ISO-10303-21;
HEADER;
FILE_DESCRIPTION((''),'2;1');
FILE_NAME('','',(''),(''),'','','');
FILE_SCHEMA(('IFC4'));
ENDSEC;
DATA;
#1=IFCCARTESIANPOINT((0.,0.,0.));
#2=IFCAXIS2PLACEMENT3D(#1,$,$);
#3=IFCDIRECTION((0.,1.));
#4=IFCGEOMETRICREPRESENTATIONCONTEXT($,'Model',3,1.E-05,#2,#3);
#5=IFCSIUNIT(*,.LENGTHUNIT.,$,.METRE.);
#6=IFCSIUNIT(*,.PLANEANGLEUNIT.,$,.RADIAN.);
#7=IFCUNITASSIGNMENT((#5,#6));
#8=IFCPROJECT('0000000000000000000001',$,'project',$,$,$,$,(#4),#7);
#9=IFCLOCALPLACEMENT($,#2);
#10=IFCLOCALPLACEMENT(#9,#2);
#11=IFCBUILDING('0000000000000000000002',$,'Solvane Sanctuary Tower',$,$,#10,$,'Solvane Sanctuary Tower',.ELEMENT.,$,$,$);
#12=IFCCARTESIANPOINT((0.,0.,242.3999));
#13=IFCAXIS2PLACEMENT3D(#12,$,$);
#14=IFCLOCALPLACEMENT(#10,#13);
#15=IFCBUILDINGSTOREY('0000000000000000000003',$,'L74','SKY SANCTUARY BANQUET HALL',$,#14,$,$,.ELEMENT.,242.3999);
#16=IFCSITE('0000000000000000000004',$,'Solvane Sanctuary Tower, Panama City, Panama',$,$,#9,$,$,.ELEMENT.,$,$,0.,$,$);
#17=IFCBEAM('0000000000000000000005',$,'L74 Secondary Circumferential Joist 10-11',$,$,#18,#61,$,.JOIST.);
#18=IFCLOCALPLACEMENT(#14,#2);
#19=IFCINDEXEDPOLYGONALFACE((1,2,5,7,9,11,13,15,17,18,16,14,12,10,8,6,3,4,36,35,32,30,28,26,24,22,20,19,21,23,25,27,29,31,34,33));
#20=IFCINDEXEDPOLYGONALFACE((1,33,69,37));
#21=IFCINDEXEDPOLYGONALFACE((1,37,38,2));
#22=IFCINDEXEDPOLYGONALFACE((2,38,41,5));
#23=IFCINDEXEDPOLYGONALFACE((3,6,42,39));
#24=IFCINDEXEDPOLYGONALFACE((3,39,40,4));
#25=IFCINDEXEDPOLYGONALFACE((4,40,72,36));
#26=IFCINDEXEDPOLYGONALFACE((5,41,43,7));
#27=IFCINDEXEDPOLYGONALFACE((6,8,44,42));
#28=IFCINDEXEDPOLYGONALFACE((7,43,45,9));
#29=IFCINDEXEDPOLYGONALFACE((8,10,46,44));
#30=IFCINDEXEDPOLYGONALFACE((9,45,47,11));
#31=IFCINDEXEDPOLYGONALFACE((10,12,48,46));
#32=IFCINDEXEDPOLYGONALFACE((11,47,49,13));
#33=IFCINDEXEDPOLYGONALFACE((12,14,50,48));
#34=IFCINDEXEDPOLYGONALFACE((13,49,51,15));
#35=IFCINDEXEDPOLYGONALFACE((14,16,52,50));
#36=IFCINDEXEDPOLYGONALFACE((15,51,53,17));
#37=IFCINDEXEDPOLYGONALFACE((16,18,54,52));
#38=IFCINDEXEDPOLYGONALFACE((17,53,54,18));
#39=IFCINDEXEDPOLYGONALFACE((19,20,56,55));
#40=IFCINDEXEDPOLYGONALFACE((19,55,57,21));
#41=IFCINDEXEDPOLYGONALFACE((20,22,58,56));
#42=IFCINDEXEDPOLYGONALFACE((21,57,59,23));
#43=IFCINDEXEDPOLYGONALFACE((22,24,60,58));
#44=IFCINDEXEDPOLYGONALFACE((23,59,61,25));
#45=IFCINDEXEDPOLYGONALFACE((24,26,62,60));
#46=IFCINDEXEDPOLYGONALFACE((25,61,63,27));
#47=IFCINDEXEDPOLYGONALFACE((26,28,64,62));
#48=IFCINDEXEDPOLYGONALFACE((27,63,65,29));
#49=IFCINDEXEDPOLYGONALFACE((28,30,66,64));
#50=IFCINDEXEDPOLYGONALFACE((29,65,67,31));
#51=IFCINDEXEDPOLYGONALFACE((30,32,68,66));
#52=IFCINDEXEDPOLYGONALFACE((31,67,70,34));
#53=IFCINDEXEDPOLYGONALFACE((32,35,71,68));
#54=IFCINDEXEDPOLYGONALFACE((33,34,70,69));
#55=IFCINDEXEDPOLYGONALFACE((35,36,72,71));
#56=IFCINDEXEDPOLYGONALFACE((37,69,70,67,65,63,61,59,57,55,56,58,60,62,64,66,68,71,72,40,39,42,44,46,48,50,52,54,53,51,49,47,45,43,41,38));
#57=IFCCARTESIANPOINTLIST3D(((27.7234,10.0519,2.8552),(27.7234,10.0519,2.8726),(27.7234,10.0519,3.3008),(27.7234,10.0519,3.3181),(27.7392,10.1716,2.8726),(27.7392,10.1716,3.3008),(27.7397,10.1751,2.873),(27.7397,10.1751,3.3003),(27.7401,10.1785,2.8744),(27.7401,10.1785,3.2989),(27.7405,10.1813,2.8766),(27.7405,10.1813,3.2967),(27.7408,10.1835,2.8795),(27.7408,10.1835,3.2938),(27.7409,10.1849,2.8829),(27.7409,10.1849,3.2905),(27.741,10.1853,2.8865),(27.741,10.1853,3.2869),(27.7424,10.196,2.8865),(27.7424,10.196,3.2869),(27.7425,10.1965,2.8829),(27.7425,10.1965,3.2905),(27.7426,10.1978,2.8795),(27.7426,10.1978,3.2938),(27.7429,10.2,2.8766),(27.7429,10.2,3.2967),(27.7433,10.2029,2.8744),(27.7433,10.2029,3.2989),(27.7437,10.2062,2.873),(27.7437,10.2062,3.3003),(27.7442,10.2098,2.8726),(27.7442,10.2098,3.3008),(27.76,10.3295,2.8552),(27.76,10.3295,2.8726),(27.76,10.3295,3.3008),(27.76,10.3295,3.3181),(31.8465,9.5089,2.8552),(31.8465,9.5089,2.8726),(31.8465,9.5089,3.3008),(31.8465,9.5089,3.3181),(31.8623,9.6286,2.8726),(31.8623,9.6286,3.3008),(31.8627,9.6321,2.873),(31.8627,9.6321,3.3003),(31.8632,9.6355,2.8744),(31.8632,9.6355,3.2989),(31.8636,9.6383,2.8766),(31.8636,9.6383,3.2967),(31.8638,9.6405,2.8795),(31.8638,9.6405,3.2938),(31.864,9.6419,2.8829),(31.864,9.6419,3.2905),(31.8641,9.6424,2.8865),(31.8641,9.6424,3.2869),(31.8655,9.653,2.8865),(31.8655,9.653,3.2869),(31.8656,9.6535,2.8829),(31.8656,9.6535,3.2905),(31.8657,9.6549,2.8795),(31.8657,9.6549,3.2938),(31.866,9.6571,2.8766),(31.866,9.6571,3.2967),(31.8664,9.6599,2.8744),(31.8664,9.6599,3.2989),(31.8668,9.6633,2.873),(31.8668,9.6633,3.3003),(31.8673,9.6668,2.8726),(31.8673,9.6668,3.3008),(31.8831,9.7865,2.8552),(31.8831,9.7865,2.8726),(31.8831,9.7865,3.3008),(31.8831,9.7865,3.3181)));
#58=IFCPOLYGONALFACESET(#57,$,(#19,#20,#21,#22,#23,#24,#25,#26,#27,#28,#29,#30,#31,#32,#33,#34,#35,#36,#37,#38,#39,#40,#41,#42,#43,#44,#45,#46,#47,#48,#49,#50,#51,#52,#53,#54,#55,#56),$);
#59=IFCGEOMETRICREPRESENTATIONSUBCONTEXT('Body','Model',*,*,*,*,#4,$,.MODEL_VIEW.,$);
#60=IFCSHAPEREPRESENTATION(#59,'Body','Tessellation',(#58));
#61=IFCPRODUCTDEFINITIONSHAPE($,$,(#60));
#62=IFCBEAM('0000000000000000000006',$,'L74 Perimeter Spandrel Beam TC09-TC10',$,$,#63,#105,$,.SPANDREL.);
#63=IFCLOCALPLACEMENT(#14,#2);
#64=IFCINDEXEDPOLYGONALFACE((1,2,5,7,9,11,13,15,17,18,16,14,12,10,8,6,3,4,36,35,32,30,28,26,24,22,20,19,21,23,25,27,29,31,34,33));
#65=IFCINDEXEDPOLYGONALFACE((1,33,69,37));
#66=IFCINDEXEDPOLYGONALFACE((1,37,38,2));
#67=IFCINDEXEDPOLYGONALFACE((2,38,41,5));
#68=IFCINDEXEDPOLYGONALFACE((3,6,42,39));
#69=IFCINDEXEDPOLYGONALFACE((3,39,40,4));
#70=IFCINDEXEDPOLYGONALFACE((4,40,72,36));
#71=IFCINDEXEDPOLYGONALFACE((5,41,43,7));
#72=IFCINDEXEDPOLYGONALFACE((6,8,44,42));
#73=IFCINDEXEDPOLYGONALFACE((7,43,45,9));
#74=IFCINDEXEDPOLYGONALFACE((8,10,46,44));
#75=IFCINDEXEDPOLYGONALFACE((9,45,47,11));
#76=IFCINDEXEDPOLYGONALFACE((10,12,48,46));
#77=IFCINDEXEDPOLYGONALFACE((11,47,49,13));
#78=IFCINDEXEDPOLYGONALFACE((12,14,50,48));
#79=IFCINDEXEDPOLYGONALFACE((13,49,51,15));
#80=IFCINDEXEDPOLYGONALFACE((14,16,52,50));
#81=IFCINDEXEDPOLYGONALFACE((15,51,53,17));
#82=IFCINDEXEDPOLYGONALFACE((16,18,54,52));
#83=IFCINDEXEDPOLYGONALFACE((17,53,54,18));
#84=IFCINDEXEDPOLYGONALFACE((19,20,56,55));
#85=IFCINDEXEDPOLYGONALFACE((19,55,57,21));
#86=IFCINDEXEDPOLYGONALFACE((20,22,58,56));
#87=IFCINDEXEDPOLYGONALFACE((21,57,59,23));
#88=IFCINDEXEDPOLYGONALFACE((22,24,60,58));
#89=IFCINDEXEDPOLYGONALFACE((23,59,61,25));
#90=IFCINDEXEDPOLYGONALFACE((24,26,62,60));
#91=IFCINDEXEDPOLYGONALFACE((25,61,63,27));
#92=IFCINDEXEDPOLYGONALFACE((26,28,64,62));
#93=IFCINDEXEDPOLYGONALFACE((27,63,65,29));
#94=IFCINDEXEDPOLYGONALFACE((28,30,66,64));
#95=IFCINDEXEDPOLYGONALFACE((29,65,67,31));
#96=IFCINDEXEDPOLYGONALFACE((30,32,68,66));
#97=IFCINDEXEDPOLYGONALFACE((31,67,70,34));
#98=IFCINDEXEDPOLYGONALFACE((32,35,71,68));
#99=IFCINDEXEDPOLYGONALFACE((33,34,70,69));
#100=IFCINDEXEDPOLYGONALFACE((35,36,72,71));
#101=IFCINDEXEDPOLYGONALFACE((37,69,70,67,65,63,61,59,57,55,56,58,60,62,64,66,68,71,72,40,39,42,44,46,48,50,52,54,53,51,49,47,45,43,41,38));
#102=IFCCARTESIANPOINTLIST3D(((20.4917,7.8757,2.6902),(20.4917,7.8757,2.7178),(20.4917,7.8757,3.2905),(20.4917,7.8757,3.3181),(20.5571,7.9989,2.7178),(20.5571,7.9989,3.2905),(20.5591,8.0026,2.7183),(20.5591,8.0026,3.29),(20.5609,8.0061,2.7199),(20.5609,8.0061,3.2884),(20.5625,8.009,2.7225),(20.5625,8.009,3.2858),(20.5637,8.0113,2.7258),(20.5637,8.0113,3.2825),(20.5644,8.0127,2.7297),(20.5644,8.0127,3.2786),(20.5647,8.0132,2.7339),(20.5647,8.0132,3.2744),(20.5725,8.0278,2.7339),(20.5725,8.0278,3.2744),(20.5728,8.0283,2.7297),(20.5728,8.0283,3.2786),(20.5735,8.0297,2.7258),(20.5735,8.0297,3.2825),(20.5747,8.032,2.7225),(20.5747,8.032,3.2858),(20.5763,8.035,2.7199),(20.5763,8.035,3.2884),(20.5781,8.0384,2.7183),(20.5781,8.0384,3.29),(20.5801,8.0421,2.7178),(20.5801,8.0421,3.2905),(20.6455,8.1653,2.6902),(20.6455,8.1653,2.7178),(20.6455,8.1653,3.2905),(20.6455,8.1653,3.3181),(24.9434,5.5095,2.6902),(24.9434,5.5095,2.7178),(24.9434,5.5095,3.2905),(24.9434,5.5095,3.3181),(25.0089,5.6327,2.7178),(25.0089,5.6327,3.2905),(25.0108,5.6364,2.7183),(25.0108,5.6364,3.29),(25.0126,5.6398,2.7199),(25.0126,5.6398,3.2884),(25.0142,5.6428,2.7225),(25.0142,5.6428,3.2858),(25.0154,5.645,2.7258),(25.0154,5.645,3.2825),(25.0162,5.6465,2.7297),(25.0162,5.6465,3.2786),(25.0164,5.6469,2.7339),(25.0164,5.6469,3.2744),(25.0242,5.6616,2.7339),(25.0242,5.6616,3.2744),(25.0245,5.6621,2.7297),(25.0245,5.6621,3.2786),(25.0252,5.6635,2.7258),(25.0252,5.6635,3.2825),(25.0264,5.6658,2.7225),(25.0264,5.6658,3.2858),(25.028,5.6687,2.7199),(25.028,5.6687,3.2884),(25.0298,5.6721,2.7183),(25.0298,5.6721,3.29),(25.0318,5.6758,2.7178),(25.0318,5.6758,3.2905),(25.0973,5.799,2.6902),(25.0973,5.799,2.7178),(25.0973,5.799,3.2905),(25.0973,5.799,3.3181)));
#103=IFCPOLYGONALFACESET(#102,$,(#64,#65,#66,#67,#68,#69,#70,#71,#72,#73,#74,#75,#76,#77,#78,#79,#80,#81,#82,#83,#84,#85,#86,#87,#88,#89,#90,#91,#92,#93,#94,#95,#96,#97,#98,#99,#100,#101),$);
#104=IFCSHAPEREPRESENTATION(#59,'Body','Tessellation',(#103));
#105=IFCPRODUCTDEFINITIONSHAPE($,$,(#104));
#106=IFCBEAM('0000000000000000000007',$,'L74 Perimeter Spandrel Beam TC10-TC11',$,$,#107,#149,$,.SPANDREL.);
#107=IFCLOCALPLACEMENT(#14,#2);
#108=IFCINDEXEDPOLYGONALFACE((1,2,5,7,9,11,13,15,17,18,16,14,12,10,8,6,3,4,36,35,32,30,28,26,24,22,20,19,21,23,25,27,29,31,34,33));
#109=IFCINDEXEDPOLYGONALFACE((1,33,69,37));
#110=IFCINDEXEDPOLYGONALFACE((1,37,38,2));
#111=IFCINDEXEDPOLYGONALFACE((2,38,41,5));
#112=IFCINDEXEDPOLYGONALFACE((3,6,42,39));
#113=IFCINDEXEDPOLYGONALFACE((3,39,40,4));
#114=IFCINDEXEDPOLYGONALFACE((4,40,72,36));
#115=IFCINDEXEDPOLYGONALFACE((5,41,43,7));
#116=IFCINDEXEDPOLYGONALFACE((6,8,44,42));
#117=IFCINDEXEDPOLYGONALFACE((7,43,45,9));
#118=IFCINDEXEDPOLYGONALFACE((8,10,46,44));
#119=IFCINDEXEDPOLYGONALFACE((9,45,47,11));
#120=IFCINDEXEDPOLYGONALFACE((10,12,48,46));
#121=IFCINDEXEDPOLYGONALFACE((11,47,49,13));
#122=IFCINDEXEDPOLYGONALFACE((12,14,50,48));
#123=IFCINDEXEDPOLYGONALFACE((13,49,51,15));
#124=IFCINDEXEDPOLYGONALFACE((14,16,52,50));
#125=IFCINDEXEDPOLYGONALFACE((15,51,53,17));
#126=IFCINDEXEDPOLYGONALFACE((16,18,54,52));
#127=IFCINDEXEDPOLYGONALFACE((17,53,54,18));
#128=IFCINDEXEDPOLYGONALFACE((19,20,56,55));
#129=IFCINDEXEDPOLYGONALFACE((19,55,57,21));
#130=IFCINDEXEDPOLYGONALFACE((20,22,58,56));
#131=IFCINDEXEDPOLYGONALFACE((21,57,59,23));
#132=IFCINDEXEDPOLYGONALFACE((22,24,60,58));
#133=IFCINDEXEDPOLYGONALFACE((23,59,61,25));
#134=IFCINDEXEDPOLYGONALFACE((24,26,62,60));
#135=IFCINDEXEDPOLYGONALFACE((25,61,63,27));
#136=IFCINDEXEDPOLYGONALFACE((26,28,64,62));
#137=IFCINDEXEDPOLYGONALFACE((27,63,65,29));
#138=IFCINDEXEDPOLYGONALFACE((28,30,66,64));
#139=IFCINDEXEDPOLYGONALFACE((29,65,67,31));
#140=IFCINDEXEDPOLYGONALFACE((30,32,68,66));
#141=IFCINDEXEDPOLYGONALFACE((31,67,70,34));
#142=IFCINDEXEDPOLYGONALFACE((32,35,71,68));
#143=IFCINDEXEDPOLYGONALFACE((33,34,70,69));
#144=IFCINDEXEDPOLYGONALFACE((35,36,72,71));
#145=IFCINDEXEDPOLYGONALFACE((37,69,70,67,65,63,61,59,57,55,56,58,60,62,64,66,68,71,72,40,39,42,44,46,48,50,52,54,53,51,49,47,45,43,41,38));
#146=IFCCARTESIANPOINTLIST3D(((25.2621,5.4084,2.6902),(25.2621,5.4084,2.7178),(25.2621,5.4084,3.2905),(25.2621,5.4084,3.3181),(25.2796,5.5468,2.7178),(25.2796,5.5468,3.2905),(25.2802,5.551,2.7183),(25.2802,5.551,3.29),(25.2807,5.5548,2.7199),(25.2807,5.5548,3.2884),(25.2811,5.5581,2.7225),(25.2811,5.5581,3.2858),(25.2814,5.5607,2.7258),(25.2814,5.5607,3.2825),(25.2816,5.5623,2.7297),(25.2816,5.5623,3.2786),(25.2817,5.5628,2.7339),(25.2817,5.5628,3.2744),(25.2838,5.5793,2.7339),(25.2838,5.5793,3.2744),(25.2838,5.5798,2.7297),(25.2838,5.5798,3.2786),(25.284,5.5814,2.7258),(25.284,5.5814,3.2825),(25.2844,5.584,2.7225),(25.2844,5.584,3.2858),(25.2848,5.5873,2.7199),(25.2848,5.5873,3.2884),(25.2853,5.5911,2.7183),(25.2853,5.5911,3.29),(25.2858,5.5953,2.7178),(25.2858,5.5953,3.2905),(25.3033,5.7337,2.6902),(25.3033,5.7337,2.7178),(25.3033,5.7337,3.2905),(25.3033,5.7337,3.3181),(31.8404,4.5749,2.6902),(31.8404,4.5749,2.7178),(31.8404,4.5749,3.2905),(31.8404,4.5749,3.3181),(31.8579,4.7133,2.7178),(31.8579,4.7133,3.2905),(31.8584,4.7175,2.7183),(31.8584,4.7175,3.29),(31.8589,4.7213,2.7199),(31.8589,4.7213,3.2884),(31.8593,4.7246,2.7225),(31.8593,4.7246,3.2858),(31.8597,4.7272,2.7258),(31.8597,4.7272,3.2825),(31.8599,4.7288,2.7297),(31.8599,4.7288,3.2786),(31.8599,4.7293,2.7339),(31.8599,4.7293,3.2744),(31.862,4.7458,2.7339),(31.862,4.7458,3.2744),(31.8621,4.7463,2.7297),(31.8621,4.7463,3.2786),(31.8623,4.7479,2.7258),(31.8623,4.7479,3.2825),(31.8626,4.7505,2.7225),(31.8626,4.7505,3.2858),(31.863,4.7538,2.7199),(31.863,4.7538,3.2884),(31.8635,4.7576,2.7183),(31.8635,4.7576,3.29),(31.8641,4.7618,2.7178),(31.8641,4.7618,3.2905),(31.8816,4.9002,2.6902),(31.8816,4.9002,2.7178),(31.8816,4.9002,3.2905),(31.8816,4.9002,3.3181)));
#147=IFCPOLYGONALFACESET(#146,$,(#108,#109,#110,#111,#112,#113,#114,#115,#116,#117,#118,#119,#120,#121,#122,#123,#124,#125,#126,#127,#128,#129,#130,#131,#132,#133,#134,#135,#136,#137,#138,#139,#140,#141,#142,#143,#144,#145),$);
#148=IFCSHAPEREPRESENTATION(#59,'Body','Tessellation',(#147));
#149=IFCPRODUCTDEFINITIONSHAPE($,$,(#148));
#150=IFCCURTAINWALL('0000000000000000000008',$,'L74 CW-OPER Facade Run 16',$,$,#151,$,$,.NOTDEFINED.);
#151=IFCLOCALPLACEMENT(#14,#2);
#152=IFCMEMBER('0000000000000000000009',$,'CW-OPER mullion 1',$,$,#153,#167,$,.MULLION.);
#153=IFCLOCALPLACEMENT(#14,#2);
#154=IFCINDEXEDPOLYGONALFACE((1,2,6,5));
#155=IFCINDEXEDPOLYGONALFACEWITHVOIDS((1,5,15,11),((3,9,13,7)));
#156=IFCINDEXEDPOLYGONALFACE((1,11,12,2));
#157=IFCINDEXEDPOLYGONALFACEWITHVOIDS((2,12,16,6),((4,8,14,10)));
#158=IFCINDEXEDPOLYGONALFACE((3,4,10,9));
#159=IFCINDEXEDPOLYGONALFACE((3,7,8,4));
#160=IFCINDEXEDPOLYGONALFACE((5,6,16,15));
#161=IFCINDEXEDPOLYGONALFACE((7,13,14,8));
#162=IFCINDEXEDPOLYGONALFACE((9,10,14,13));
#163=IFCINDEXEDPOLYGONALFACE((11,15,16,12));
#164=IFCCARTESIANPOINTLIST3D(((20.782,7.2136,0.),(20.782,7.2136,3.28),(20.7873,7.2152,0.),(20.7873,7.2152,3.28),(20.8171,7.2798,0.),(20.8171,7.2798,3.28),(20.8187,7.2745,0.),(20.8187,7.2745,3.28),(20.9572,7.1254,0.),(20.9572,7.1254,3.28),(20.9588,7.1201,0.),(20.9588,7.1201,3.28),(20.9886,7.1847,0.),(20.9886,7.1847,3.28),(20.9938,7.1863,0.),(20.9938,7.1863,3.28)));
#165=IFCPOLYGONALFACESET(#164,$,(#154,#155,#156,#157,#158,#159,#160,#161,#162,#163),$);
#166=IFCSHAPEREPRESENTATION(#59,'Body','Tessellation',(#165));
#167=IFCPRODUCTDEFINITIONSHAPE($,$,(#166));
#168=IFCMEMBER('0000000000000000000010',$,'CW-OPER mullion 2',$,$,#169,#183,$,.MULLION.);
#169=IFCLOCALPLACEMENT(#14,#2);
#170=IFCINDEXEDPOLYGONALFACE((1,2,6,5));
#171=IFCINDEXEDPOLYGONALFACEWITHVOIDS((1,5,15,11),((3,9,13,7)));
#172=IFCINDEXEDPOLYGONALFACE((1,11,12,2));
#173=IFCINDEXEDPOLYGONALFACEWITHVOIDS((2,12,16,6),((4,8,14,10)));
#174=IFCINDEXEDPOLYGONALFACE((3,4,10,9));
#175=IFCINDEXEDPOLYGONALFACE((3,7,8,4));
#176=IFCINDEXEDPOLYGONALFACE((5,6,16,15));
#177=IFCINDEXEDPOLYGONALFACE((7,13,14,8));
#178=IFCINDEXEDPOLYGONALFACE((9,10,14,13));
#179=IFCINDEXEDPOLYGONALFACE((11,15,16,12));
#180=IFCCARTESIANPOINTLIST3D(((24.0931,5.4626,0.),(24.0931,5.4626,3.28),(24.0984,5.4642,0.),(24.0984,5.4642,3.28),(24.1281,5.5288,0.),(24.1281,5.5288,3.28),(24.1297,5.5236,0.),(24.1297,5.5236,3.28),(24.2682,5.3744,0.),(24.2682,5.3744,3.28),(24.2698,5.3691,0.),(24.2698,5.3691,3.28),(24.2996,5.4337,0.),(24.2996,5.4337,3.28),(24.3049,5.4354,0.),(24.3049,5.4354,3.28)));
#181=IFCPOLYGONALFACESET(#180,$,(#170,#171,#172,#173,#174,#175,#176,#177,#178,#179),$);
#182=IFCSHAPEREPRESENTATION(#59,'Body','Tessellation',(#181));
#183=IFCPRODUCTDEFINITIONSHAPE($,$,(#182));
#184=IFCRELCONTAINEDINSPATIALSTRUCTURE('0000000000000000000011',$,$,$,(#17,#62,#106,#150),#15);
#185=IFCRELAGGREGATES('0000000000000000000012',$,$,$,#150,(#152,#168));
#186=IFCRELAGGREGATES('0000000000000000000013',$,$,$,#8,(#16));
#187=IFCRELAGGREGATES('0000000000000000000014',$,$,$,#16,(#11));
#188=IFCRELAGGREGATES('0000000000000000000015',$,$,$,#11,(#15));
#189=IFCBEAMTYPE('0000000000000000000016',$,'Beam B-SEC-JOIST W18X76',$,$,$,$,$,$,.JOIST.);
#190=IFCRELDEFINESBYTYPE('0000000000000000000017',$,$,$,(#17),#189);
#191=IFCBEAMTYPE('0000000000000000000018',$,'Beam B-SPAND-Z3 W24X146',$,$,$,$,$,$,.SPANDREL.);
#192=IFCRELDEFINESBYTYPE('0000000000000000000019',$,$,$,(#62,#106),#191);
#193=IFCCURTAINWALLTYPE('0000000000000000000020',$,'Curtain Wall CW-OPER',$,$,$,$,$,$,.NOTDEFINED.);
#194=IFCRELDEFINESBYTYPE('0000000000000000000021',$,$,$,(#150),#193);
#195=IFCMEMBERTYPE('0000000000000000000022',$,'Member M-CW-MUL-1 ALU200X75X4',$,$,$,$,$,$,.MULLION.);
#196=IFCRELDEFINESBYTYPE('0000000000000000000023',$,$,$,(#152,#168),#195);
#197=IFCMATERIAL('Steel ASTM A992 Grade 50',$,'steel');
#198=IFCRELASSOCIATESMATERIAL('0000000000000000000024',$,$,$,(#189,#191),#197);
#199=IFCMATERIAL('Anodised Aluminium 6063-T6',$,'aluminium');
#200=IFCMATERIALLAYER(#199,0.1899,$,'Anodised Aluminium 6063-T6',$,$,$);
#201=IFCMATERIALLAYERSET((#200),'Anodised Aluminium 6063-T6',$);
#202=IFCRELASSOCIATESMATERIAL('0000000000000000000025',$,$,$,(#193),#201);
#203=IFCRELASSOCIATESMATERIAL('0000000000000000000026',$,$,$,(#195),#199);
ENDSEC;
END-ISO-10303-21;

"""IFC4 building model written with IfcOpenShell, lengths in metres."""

from ifc_helpers import new_model, si_unit, direction, frame, origin, origin_2d, place, context, subcontext, project, spatial, hollow_rectangle, i_section, extrude, material, layer, layer_set, material_profile, profile_set, type_object, element, aggregate, save


model = new_model("IFC4")

# Units and contexts
model_context = context("Model", 3, precision=1e-05, world=origin(), true_north=direction((0.0, 1.0)))
body_context = subcontext(model_context, "Body", "Model", "MODEL_VIEW")
ifc_project = project(units=[si_unit("LENGTHUNIT", "METRE"), si_unit("PLANEANGLEUNIT", "RADIAN")], contexts=[model_context])

# Site, building, storey
site_placement = place(None, origin())
site = spatial("IfcSite", under=ifc_project, at=site_placement, Name="Solvane Sanctuary Tower, Panama City, Panama", CompositionType="ELEMENT", RefElevation=0.0)
building_placement = place(site_placement, origin())
building = spatial("IfcBuilding", under=site, at=building_placement, Name="Solvane Sanctuary Tower", LongName="Solvane Sanctuary Tower", CompositionType="ELEMENT")
storey_placement = place(building_placement, frame((0.0, 0.0, 242.3999)))
storey = spatial("IfcBuildingStorey", under=building, at=storey_placement, Name="L74", Description="SKY SANCTUARY BANQUET HALL", CompositionType="ELEMENT", Elevation=242.3999)

# Beams
ifc_material_1 = material(Name="Steel ASTM A992 Grade 50", Category="steel")
ifc_material_profile_1 = material_profile(ifc_material_1, i_section(OverallWidth=0.28, OverallDepth=0.4629, WebThickness=0.0107, FlangeThickness=0.0173, FilletRadius=0.0139, at=origin_2d()), Name="W18X76")
ifc_profile_set_1 = profile_set([ifc_material_profile_1], Name="Steel ASTM A992 Grade 50")
beam_type_1 = type_object("IfcBeamType", Name="Beam B-SEC-JOIST W18X76", PredefinedType="JOIST", material=ifc_profile_set_1)
beam_1_placement = place(storey_placement, frame((27.7417, 10.1907, 3.0867), z_axis=(0.99144, -0.130564, 0.0), x_axis=(0.130564, 0.99144, 0.0)))
element("IfcBeam", 1, at=beam_1_placement, inside=storey, type_object=beam_type_1, Name="L74 Secondary Circumferential Joist 10-11", PredefinedType="JOIST", context=body_context, shape_type="SweptSolid", body=[
    extrude(i_section(OverallWidth=0.28, OverallDepth=0.4629, WebThickness=0.0107, FlangeThickness=0.0173, FilletRadius=0.0139, at=origin_2d()), origin(), (0.0, 0.0, 1.0), 4.1587),
])
ifc_material_profile_2 = material_profile(ifc_material_1, i_section(OverallWidth=0.3279, OverallDepth=0.6279, WebThickness=0.0166, FlangeThickness=0.0276, FilletRadius=0.0161, at=origin_2d()), Name="W24X146")
ifc_profile_set_2 = profile_set([ifc_material_profile_2], Name="Steel ASTM A992 Grade 50")
beam_type_2 = type_object("IfcBeamType", Name="Beam B-SPAND-Z3 W24X146", PredefinedType="SPANDREL", material=ifc_profile_set_2)
beam_2_placement = place(storey_placement, frame((20.5686, 8.0205, 3.0042), z_axis=(0.883012, -0.469351, 0.0), x_axis=(0.469351, 0.883012, 0.0)))
element("IfcBeam", 2, at=beam_2_placement, inside=storey, type_object=beam_type_2, Name="L74 Perimeter Spandrel Beam TC09-TC10", PredefinedType="SPANDREL", context=body_context, shape_type="SweptSolid", body=[
    extrude(i_section(OverallWidth=0.3279, OverallDepth=0.6279, WebThickness=0.0166, FlangeThickness=0.0276, FilletRadius=0.0161, at=origin_2d()), origin(), (0.0, 0.0, 1.0), 5.0415),
])
beam_3_placement = place(storey_placement, frame((25.2827, 5.571, 3.0042), z_axis=(0.992069, -0.125698, 0.0), x_axis=(0.125698, 0.992069, 0.0)))
element("IfcBeam", 3, at=beam_3_placement, inside=storey, type_object=beam_type_2, Name="L74 Perimeter Spandrel Beam TC10-TC11", PredefinedType="SPANDREL", context=body_context, shape_type="SweptSolid", body=[
    extrude(i_section(OverallWidth=0.3279, OverallDepth=0.6279, WebThickness=0.0166, FlangeThickness=0.0276, FilletRadius=0.0161, at=origin_2d()), origin(), (0.0, 0.0, 1.0), 6.6309),
])

# Curtain wall, members
ifc_material_2 = material(Name="Anodised Aluminium 6063-T6", Category="aluminium")
ifc_layer_1 = layer(ifc_material_2, 0.1899, Name="Anodised Aluminium 6063-T6")
ifc_layer_set_1 = layer_set([ifc_layer_1], Name="Anodised Aluminium 6063-T6")
curtain_wall_type = type_object("IfcCurtainWallType", Name="Curtain Wall CW-OPER", PredefinedType="NOTDEFINED", material=ifc_layer_set_1)
curtain_wall_1_placement = place(storey_placement, origin())
curtain_wall_1 = element("IfcCurtainWall", 4, at=curtain_wall_1_placement, inside=storey, type_object=curtain_wall_type, Name="L74 CW-OPER Facade Run 16", PredefinedType="NOTDEFINED")
ifc_material_profile_3 = material_profile(ifc_material_2, hollow_rectangle(XDim=0.075, YDim=0.2, WallThickness=0.0039, at=origin_2d()), Name="ALU200X75X4")
ifc_profile_set_3 = profile_set([ifc_material_profile_3], Name="Anodised Aluminium 6063-T6")
member_type_1 = type_object("IfcMemberType", Name="Member M-CW-MUL-1 ALU200X75X4", PredefinedType="MULLION", material=ifc_profile_set_3)
member_1_placement = place(storey_placement, frame((20.8879, 7.2, 0.0), z_axis=(0.0, 0.0, 1.0), x_axis=(0.467523, 0.883981, 0.0)))
member_1 = element("IfcMember", 5, at=member_1_placement, type_object=member_type_1, Name="CW-OPER mullion 1", PredefinedType="MULLION", context=body_context, shape_type="SweptSolid", body=[
    extrude(hollow_rectangle(XDim=0.075, YDim=0.2, WallThickness=0.0039, at=origin_2d()), origin(), (0.0, 0.0, 1.0), 3.28),
])
member_2_placement = place(storey_placement, frame((24.199, 5.449, 0.0), z_axis=(0.0, 0.0, 1.0), x_axis=(0.467523, 0.883981, 0.0)))
member_2 = element("IfcMember", 6, at=member_2_placement, type_object=member_type_1, Name="CW-OPER mullion 2", PredefinedType="MULLION", context=body_context, shape_type="SweptSolid", body=[
    extrude(hollow_rectangle(XDim=0.075, YDim=0.2, WallThickness=0.0039, at=origin_2d()), origin(), (0.0, 0.0, 1.0), 3.28),
])

aggregate(curtain_wall_1, [member_1, member_2])

save(model, "model.ifc")
